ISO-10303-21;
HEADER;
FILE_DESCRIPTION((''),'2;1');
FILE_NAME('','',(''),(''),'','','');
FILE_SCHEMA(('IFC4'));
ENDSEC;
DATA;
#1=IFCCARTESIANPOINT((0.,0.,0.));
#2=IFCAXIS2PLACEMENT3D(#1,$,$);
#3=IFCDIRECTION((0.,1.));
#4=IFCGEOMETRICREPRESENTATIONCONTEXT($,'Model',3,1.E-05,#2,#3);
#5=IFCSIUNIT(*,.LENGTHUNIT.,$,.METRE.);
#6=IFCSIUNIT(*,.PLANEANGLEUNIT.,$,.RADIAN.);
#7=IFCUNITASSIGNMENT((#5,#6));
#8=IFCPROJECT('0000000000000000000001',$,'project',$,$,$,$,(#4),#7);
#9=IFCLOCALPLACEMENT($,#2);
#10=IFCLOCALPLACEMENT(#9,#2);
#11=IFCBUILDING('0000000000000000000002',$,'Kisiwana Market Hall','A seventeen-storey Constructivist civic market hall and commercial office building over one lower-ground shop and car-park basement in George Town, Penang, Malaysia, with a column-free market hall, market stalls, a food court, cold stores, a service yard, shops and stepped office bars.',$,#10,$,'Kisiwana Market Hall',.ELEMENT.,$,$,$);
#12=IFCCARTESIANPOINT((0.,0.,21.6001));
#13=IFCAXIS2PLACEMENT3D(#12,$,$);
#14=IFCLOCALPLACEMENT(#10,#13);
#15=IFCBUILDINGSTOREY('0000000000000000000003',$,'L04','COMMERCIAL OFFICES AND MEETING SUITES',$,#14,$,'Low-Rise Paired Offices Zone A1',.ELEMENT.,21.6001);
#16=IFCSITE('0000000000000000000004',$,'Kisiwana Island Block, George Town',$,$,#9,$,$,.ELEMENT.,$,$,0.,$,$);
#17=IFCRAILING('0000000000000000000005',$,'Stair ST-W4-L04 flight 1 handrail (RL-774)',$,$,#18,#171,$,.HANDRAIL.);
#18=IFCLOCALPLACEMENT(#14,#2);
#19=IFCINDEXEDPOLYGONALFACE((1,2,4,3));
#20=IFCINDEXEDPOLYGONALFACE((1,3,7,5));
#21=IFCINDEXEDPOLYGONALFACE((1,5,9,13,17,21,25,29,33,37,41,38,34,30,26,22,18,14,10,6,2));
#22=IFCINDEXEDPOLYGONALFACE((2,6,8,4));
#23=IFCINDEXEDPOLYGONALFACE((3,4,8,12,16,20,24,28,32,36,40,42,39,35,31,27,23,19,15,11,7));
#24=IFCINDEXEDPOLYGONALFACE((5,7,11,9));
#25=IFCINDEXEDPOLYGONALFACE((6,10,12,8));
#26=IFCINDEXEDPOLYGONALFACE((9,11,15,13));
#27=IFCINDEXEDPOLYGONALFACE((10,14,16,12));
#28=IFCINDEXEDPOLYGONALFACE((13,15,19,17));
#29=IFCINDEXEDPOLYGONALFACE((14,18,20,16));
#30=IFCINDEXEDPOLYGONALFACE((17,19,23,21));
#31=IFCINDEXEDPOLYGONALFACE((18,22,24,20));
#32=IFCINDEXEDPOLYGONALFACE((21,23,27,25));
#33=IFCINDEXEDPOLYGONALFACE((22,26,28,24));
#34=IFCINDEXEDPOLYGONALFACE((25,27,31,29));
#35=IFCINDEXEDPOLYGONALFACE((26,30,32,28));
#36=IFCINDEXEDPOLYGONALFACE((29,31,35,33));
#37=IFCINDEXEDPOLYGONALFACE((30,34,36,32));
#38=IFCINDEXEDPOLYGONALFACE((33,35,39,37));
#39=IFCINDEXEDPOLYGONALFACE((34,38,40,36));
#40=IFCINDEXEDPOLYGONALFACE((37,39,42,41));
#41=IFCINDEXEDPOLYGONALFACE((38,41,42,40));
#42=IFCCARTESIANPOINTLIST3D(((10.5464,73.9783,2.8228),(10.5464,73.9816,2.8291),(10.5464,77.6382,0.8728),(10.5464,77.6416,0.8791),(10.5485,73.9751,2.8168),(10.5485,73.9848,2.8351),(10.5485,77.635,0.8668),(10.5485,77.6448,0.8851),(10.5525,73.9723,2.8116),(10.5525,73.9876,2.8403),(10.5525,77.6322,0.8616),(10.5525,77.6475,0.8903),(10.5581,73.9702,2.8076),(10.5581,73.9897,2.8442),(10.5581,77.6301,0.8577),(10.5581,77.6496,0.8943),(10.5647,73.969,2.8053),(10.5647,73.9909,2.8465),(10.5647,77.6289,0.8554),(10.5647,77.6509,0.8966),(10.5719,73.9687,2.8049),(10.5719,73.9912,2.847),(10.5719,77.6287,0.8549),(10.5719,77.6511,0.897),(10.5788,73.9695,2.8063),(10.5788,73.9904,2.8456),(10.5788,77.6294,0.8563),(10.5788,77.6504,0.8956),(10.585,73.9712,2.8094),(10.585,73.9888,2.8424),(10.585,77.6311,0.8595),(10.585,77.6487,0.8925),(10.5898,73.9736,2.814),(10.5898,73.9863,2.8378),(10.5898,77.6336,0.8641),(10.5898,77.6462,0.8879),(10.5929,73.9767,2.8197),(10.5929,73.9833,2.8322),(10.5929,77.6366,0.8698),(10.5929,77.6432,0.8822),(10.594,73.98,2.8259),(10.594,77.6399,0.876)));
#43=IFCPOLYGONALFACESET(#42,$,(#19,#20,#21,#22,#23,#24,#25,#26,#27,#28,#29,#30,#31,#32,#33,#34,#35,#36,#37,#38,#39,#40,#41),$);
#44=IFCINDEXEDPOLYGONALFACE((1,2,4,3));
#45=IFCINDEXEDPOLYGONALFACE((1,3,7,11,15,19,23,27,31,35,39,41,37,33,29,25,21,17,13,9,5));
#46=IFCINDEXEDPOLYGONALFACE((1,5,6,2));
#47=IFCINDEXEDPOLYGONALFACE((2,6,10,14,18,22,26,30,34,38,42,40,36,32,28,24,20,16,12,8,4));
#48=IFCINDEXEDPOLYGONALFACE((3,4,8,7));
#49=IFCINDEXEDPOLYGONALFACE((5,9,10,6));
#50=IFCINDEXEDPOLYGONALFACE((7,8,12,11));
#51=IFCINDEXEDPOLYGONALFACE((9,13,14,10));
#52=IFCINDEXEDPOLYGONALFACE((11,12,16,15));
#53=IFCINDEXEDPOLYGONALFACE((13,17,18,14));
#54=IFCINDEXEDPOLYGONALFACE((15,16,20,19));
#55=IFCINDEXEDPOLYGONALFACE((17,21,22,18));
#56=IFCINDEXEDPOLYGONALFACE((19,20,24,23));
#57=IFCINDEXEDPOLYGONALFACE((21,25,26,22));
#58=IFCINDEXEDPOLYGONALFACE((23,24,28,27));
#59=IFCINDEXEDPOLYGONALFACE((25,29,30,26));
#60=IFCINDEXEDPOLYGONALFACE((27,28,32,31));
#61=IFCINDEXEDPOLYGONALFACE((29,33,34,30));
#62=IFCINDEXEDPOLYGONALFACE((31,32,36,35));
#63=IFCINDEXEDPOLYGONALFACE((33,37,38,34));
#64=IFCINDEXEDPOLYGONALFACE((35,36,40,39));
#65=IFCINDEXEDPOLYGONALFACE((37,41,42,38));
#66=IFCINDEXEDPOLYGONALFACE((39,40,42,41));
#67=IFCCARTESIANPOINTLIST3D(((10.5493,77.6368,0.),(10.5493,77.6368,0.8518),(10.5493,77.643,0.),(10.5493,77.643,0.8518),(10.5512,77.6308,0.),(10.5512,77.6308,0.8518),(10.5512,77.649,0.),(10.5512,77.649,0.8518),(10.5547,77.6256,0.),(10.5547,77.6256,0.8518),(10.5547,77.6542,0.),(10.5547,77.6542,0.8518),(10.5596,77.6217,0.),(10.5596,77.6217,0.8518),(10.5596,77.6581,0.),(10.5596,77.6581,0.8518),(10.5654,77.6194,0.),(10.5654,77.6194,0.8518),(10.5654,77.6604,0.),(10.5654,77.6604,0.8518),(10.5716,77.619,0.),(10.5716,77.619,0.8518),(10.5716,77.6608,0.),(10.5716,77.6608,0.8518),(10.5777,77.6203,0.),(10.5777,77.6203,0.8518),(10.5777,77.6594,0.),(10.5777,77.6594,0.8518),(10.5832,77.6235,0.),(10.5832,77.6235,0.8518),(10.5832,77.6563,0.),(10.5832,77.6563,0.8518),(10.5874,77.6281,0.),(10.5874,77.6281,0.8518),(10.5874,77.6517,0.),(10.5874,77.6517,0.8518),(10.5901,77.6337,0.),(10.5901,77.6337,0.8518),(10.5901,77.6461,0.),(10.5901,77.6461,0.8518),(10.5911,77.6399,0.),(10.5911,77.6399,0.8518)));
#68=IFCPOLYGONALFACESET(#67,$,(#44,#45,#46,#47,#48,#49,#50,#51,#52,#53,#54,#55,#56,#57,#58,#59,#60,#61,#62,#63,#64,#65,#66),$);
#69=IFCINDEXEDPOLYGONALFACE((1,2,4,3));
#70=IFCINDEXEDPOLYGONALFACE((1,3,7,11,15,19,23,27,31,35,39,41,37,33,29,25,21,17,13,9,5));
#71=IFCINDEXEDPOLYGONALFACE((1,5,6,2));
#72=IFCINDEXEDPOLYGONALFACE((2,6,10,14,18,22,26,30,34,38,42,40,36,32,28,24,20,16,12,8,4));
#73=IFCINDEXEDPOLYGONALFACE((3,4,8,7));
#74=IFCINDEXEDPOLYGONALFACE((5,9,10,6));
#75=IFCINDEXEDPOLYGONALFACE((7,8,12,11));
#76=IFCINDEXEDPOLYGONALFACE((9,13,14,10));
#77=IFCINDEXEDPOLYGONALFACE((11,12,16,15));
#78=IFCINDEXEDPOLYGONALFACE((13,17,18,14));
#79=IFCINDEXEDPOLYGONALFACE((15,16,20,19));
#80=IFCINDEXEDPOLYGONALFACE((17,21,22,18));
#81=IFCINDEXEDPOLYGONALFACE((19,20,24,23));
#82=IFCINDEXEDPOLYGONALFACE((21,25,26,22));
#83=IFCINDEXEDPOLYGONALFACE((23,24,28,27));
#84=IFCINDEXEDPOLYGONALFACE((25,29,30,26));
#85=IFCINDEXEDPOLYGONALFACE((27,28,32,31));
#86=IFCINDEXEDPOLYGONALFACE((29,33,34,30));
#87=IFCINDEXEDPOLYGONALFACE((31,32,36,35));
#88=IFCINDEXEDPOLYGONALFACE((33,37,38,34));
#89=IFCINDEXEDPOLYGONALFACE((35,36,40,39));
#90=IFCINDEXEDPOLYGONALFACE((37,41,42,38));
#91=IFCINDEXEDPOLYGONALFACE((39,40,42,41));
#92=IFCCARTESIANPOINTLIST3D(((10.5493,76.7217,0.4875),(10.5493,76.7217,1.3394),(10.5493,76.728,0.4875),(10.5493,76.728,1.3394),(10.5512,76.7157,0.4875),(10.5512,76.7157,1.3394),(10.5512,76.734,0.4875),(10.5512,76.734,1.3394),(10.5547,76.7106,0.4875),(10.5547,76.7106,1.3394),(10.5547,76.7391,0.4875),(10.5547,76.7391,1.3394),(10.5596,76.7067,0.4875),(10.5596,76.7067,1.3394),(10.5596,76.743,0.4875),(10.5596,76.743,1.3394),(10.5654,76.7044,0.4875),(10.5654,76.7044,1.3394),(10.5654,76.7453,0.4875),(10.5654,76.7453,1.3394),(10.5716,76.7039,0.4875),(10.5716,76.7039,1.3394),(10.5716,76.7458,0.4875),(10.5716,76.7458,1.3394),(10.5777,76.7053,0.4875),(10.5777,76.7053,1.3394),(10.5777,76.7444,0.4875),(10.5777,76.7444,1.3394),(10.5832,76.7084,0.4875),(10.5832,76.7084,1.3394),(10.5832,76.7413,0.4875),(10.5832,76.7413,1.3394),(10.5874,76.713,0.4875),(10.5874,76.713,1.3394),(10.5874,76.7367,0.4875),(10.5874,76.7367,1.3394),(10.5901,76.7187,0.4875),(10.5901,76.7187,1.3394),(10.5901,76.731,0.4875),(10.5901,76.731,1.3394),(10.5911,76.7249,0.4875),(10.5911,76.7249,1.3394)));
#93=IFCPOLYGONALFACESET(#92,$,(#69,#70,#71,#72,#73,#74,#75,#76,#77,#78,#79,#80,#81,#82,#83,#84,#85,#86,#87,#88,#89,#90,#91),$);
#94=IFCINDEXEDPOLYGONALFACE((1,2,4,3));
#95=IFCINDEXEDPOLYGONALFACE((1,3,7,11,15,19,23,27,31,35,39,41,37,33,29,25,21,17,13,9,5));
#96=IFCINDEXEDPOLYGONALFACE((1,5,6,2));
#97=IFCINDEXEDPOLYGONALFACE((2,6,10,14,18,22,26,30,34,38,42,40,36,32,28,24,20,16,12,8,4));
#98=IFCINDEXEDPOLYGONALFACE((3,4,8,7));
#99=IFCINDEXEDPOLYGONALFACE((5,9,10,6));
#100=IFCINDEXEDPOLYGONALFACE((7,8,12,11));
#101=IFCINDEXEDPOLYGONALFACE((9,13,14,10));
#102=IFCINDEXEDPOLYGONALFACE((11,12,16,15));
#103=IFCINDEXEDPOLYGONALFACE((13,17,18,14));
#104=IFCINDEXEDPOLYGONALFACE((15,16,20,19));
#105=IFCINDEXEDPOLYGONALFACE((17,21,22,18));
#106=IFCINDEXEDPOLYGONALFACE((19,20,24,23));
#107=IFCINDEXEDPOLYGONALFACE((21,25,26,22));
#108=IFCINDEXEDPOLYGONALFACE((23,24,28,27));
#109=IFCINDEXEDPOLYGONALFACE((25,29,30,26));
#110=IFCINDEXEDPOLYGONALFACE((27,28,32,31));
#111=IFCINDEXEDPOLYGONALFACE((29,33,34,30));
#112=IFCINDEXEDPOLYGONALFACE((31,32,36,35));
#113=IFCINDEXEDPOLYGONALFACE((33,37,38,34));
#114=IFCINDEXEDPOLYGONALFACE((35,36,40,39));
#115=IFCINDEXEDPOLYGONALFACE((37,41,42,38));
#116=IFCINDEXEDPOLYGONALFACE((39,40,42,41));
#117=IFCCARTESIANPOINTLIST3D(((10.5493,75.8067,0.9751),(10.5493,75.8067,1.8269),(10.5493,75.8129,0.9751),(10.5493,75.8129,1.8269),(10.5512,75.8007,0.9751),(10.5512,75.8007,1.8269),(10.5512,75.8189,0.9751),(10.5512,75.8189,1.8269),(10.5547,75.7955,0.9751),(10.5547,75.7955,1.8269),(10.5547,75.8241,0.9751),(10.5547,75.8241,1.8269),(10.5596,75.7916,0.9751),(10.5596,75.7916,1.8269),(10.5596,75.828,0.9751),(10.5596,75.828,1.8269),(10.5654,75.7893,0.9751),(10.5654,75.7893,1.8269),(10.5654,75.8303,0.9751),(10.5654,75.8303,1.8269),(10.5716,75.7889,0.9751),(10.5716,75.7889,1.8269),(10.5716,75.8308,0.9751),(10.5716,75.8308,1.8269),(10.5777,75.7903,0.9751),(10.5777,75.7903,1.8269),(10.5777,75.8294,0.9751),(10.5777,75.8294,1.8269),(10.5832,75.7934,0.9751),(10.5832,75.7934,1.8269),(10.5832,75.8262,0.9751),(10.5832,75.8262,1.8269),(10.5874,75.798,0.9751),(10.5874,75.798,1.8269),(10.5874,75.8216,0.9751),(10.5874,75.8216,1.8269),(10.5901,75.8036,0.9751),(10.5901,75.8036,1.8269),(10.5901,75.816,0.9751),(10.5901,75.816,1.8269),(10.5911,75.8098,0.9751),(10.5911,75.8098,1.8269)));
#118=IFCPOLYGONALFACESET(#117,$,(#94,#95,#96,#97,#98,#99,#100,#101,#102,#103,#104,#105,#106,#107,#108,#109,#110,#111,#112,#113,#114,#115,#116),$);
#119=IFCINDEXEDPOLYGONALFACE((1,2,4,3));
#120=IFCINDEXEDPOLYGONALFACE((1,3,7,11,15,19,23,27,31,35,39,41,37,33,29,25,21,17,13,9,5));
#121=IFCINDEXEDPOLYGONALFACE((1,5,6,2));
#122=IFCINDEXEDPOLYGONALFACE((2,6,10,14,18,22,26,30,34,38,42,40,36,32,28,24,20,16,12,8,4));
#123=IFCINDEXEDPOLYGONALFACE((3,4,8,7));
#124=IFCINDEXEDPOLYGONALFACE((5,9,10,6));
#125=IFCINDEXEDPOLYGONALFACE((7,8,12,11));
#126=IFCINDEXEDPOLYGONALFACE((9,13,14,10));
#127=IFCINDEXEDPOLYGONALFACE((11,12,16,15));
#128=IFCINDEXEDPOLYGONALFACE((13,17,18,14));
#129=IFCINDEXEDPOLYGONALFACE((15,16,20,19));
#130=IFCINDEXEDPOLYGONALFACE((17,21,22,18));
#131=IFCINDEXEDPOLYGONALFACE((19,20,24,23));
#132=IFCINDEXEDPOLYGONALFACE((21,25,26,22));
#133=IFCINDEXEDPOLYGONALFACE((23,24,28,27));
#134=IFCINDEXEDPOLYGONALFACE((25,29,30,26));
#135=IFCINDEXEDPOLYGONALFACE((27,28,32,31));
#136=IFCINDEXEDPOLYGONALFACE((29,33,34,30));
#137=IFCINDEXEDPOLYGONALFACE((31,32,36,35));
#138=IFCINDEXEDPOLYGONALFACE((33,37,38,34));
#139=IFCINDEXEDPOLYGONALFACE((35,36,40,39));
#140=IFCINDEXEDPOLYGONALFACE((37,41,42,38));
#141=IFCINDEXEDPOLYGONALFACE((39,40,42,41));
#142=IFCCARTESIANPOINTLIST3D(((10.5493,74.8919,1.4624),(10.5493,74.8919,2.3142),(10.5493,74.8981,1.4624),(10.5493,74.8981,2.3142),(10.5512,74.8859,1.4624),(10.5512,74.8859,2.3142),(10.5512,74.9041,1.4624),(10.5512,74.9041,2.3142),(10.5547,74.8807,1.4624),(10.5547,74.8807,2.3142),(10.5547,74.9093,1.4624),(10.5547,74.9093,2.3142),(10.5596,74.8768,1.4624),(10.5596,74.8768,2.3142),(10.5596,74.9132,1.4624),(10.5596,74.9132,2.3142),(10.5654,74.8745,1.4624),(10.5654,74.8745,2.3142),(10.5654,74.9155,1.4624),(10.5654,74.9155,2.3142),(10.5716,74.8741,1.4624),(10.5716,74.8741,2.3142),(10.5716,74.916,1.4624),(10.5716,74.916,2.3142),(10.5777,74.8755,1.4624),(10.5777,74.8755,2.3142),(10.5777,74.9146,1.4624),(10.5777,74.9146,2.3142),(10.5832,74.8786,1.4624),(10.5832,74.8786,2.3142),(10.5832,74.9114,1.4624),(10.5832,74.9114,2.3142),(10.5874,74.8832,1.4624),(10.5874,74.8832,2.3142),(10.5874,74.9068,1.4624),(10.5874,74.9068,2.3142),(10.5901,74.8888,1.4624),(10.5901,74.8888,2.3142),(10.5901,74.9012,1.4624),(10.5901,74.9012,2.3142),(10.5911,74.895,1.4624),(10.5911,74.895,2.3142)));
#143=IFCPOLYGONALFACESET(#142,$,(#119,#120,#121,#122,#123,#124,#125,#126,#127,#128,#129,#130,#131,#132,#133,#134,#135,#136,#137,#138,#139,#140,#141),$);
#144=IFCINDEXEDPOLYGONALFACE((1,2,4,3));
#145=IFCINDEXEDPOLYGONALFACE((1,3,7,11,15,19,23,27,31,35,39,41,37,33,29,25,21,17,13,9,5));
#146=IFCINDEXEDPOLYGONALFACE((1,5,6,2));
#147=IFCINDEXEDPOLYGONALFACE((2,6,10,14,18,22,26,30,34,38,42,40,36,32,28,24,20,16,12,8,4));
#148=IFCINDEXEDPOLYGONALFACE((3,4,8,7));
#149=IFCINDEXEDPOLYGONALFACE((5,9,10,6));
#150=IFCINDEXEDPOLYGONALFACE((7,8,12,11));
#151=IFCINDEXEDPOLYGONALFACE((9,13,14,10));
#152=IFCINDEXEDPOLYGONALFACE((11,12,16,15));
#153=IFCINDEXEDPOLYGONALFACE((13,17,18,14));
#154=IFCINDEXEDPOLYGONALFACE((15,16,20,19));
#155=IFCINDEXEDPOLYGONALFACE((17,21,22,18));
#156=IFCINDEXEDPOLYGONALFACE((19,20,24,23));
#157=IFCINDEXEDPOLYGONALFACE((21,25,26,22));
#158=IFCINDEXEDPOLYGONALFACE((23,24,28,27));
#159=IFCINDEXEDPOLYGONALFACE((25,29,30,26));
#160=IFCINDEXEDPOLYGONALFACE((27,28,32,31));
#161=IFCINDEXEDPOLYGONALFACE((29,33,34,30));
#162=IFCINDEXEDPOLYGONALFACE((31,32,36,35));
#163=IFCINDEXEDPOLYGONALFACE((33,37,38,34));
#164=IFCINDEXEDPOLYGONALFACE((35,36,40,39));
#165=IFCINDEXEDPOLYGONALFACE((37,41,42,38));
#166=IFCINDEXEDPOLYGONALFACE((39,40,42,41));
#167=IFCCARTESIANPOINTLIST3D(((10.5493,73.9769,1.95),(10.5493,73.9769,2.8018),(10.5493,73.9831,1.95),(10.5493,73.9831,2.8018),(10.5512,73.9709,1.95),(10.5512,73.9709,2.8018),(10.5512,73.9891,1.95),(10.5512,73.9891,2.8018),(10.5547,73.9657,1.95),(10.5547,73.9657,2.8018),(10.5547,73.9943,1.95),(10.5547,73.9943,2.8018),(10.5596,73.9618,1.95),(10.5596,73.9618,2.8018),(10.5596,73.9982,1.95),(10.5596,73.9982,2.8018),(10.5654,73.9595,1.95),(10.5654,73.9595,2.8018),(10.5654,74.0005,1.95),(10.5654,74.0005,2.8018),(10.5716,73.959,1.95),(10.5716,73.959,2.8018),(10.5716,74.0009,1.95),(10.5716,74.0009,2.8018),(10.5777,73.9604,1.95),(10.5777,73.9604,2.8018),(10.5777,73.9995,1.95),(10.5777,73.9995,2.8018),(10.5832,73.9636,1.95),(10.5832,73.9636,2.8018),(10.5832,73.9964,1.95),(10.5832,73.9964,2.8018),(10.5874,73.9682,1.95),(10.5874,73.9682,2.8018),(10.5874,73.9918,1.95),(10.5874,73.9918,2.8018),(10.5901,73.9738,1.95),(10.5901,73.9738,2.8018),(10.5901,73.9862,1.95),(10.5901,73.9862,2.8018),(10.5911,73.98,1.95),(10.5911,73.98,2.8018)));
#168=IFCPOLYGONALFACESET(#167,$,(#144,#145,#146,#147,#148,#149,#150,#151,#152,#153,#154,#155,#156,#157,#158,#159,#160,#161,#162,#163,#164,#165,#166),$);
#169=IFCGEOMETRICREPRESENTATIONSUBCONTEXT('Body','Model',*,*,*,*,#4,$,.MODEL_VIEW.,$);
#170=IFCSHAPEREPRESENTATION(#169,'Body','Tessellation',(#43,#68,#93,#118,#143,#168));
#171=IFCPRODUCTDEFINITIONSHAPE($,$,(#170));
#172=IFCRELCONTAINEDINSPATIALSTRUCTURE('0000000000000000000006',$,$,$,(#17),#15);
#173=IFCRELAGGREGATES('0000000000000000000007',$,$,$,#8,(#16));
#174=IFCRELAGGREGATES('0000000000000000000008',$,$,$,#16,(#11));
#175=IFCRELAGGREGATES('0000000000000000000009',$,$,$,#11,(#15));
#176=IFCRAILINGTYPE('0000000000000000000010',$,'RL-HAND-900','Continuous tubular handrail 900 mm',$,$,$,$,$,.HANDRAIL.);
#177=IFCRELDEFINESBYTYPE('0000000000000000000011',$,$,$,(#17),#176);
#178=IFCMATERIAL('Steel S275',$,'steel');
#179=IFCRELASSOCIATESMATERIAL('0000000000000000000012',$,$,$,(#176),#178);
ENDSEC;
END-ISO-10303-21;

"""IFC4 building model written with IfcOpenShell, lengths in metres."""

from ifc_helpers import new_model, si_unit, direction, frame, origin, origin_2d, place, context, subcontext, project, spatial, circle, extrude, material, type_object, element, save


model = new_model("IFC4")

# Units and contexts
model_context = context("Model", 3, precision=1e-05, world=origin(), true_north=direction((0.0, 1.0)))
body_context = subcontext(model_context, "Body", "Model", "MODEL_VIEW")
ifc_project = project(units=[si_unit("LENGTHUNIT", "METRE"), si_unit("PLANEANGLEUNIT", "RADIAN")], contexts=[model_context])

# Site, building, storey
site_placement = place(None, origin())
site = spatial("IfcSite", under=ifc_project, at=site_placement, Name="Kisiwana Island Block, George Town", CompositionType="ELEMENT", RefElevation=0.0)
building_placement = place(site_placement, origin())
building = spatial("IfcBuilding", under=site, at=building_placement, Name="Kisiwana Market Hall", Description="A seventeen-storey Constructivist civic market hall and commercial office building over one lower-ground shop and car-park basement in George Town, Penang, Malaysia, with a column-free market hall, market stalls, a food court, cold stores, a service yard, shops and stepped office bars.", LongName="Kisiwana Market Hall", CompositionType="ELEMENT")
storey_placement = place(building_placement, frame((0.0, 0.0, 21.6001)))
storey = spatial("IfcBuildingStorey", under=building, at=storey_placement, Name="L04", Description="COMMERCIAL OFFICES AND MEETING SUITES", LongName="Low-Rise Paired Offices Zone A1", CompositionType="ELEMENT", Elevation=21.6001)

# Railing
ifc_material_1 = material(Name="Steel S275", Category="steel")
railing_type_1 = type_object("IfcRailingType", Name="RL-HAND-900", Description="Continuous tubular handrail 900 mm", PredefinedType="HANDRAIL", material=ifc_material_1)
railing_1_placement = place(storey_placement, frame((10.5701, 77.6399, 0.0)))
element("IfcRailing", 1, at=railing_1_placement, inside=storey, type_object=railing_type_1, Name="Stair ST-W4-L04 flight 1 handrail (RL-774)", PredefinedType="HANDRAIL", context=body_context, shape_type="SweptSolid", body=[
    extrude(circle(Radius=0.0239, at=origin_2d()), frame((0.0, 0.0, 0.876), z_axis=(0.0, -0.882553, 0.470212), x_axis=(1.0, 0.0, 0.0)), (0.0, 0.0, 1.0), 4.147),
    extrude(circle(Radius=0.021, at=origin_2d()), origin(), (0.0, 0.0, 1.0), 0.8518),
    extrude(circle(Radius=0.021, at=origin_2d()), frame((0.0, -0.915, 0.4875)), (0.0, 0.0, 1.0), 0.8518),
    extrude(circle(Radius=0.021, at=origin_2d()), frame((0.0, -1.8301, 0.9751)), (0.0, 0.0, 1.0), 0.8518),
    extrude(circle(Radius=0.021, at=origin_2d()), frame((0.0, -2.7449, 1.4624)), (0.0, 0.0, 1.0), 0.8518),
    extrude(circle(Radius=0.021, at=origin_2d()), frame((0.0, -3.6599, 1.95)), (0.0, 0.0, 1.0), 0.8518),
])

save(model, "model.ifc")
